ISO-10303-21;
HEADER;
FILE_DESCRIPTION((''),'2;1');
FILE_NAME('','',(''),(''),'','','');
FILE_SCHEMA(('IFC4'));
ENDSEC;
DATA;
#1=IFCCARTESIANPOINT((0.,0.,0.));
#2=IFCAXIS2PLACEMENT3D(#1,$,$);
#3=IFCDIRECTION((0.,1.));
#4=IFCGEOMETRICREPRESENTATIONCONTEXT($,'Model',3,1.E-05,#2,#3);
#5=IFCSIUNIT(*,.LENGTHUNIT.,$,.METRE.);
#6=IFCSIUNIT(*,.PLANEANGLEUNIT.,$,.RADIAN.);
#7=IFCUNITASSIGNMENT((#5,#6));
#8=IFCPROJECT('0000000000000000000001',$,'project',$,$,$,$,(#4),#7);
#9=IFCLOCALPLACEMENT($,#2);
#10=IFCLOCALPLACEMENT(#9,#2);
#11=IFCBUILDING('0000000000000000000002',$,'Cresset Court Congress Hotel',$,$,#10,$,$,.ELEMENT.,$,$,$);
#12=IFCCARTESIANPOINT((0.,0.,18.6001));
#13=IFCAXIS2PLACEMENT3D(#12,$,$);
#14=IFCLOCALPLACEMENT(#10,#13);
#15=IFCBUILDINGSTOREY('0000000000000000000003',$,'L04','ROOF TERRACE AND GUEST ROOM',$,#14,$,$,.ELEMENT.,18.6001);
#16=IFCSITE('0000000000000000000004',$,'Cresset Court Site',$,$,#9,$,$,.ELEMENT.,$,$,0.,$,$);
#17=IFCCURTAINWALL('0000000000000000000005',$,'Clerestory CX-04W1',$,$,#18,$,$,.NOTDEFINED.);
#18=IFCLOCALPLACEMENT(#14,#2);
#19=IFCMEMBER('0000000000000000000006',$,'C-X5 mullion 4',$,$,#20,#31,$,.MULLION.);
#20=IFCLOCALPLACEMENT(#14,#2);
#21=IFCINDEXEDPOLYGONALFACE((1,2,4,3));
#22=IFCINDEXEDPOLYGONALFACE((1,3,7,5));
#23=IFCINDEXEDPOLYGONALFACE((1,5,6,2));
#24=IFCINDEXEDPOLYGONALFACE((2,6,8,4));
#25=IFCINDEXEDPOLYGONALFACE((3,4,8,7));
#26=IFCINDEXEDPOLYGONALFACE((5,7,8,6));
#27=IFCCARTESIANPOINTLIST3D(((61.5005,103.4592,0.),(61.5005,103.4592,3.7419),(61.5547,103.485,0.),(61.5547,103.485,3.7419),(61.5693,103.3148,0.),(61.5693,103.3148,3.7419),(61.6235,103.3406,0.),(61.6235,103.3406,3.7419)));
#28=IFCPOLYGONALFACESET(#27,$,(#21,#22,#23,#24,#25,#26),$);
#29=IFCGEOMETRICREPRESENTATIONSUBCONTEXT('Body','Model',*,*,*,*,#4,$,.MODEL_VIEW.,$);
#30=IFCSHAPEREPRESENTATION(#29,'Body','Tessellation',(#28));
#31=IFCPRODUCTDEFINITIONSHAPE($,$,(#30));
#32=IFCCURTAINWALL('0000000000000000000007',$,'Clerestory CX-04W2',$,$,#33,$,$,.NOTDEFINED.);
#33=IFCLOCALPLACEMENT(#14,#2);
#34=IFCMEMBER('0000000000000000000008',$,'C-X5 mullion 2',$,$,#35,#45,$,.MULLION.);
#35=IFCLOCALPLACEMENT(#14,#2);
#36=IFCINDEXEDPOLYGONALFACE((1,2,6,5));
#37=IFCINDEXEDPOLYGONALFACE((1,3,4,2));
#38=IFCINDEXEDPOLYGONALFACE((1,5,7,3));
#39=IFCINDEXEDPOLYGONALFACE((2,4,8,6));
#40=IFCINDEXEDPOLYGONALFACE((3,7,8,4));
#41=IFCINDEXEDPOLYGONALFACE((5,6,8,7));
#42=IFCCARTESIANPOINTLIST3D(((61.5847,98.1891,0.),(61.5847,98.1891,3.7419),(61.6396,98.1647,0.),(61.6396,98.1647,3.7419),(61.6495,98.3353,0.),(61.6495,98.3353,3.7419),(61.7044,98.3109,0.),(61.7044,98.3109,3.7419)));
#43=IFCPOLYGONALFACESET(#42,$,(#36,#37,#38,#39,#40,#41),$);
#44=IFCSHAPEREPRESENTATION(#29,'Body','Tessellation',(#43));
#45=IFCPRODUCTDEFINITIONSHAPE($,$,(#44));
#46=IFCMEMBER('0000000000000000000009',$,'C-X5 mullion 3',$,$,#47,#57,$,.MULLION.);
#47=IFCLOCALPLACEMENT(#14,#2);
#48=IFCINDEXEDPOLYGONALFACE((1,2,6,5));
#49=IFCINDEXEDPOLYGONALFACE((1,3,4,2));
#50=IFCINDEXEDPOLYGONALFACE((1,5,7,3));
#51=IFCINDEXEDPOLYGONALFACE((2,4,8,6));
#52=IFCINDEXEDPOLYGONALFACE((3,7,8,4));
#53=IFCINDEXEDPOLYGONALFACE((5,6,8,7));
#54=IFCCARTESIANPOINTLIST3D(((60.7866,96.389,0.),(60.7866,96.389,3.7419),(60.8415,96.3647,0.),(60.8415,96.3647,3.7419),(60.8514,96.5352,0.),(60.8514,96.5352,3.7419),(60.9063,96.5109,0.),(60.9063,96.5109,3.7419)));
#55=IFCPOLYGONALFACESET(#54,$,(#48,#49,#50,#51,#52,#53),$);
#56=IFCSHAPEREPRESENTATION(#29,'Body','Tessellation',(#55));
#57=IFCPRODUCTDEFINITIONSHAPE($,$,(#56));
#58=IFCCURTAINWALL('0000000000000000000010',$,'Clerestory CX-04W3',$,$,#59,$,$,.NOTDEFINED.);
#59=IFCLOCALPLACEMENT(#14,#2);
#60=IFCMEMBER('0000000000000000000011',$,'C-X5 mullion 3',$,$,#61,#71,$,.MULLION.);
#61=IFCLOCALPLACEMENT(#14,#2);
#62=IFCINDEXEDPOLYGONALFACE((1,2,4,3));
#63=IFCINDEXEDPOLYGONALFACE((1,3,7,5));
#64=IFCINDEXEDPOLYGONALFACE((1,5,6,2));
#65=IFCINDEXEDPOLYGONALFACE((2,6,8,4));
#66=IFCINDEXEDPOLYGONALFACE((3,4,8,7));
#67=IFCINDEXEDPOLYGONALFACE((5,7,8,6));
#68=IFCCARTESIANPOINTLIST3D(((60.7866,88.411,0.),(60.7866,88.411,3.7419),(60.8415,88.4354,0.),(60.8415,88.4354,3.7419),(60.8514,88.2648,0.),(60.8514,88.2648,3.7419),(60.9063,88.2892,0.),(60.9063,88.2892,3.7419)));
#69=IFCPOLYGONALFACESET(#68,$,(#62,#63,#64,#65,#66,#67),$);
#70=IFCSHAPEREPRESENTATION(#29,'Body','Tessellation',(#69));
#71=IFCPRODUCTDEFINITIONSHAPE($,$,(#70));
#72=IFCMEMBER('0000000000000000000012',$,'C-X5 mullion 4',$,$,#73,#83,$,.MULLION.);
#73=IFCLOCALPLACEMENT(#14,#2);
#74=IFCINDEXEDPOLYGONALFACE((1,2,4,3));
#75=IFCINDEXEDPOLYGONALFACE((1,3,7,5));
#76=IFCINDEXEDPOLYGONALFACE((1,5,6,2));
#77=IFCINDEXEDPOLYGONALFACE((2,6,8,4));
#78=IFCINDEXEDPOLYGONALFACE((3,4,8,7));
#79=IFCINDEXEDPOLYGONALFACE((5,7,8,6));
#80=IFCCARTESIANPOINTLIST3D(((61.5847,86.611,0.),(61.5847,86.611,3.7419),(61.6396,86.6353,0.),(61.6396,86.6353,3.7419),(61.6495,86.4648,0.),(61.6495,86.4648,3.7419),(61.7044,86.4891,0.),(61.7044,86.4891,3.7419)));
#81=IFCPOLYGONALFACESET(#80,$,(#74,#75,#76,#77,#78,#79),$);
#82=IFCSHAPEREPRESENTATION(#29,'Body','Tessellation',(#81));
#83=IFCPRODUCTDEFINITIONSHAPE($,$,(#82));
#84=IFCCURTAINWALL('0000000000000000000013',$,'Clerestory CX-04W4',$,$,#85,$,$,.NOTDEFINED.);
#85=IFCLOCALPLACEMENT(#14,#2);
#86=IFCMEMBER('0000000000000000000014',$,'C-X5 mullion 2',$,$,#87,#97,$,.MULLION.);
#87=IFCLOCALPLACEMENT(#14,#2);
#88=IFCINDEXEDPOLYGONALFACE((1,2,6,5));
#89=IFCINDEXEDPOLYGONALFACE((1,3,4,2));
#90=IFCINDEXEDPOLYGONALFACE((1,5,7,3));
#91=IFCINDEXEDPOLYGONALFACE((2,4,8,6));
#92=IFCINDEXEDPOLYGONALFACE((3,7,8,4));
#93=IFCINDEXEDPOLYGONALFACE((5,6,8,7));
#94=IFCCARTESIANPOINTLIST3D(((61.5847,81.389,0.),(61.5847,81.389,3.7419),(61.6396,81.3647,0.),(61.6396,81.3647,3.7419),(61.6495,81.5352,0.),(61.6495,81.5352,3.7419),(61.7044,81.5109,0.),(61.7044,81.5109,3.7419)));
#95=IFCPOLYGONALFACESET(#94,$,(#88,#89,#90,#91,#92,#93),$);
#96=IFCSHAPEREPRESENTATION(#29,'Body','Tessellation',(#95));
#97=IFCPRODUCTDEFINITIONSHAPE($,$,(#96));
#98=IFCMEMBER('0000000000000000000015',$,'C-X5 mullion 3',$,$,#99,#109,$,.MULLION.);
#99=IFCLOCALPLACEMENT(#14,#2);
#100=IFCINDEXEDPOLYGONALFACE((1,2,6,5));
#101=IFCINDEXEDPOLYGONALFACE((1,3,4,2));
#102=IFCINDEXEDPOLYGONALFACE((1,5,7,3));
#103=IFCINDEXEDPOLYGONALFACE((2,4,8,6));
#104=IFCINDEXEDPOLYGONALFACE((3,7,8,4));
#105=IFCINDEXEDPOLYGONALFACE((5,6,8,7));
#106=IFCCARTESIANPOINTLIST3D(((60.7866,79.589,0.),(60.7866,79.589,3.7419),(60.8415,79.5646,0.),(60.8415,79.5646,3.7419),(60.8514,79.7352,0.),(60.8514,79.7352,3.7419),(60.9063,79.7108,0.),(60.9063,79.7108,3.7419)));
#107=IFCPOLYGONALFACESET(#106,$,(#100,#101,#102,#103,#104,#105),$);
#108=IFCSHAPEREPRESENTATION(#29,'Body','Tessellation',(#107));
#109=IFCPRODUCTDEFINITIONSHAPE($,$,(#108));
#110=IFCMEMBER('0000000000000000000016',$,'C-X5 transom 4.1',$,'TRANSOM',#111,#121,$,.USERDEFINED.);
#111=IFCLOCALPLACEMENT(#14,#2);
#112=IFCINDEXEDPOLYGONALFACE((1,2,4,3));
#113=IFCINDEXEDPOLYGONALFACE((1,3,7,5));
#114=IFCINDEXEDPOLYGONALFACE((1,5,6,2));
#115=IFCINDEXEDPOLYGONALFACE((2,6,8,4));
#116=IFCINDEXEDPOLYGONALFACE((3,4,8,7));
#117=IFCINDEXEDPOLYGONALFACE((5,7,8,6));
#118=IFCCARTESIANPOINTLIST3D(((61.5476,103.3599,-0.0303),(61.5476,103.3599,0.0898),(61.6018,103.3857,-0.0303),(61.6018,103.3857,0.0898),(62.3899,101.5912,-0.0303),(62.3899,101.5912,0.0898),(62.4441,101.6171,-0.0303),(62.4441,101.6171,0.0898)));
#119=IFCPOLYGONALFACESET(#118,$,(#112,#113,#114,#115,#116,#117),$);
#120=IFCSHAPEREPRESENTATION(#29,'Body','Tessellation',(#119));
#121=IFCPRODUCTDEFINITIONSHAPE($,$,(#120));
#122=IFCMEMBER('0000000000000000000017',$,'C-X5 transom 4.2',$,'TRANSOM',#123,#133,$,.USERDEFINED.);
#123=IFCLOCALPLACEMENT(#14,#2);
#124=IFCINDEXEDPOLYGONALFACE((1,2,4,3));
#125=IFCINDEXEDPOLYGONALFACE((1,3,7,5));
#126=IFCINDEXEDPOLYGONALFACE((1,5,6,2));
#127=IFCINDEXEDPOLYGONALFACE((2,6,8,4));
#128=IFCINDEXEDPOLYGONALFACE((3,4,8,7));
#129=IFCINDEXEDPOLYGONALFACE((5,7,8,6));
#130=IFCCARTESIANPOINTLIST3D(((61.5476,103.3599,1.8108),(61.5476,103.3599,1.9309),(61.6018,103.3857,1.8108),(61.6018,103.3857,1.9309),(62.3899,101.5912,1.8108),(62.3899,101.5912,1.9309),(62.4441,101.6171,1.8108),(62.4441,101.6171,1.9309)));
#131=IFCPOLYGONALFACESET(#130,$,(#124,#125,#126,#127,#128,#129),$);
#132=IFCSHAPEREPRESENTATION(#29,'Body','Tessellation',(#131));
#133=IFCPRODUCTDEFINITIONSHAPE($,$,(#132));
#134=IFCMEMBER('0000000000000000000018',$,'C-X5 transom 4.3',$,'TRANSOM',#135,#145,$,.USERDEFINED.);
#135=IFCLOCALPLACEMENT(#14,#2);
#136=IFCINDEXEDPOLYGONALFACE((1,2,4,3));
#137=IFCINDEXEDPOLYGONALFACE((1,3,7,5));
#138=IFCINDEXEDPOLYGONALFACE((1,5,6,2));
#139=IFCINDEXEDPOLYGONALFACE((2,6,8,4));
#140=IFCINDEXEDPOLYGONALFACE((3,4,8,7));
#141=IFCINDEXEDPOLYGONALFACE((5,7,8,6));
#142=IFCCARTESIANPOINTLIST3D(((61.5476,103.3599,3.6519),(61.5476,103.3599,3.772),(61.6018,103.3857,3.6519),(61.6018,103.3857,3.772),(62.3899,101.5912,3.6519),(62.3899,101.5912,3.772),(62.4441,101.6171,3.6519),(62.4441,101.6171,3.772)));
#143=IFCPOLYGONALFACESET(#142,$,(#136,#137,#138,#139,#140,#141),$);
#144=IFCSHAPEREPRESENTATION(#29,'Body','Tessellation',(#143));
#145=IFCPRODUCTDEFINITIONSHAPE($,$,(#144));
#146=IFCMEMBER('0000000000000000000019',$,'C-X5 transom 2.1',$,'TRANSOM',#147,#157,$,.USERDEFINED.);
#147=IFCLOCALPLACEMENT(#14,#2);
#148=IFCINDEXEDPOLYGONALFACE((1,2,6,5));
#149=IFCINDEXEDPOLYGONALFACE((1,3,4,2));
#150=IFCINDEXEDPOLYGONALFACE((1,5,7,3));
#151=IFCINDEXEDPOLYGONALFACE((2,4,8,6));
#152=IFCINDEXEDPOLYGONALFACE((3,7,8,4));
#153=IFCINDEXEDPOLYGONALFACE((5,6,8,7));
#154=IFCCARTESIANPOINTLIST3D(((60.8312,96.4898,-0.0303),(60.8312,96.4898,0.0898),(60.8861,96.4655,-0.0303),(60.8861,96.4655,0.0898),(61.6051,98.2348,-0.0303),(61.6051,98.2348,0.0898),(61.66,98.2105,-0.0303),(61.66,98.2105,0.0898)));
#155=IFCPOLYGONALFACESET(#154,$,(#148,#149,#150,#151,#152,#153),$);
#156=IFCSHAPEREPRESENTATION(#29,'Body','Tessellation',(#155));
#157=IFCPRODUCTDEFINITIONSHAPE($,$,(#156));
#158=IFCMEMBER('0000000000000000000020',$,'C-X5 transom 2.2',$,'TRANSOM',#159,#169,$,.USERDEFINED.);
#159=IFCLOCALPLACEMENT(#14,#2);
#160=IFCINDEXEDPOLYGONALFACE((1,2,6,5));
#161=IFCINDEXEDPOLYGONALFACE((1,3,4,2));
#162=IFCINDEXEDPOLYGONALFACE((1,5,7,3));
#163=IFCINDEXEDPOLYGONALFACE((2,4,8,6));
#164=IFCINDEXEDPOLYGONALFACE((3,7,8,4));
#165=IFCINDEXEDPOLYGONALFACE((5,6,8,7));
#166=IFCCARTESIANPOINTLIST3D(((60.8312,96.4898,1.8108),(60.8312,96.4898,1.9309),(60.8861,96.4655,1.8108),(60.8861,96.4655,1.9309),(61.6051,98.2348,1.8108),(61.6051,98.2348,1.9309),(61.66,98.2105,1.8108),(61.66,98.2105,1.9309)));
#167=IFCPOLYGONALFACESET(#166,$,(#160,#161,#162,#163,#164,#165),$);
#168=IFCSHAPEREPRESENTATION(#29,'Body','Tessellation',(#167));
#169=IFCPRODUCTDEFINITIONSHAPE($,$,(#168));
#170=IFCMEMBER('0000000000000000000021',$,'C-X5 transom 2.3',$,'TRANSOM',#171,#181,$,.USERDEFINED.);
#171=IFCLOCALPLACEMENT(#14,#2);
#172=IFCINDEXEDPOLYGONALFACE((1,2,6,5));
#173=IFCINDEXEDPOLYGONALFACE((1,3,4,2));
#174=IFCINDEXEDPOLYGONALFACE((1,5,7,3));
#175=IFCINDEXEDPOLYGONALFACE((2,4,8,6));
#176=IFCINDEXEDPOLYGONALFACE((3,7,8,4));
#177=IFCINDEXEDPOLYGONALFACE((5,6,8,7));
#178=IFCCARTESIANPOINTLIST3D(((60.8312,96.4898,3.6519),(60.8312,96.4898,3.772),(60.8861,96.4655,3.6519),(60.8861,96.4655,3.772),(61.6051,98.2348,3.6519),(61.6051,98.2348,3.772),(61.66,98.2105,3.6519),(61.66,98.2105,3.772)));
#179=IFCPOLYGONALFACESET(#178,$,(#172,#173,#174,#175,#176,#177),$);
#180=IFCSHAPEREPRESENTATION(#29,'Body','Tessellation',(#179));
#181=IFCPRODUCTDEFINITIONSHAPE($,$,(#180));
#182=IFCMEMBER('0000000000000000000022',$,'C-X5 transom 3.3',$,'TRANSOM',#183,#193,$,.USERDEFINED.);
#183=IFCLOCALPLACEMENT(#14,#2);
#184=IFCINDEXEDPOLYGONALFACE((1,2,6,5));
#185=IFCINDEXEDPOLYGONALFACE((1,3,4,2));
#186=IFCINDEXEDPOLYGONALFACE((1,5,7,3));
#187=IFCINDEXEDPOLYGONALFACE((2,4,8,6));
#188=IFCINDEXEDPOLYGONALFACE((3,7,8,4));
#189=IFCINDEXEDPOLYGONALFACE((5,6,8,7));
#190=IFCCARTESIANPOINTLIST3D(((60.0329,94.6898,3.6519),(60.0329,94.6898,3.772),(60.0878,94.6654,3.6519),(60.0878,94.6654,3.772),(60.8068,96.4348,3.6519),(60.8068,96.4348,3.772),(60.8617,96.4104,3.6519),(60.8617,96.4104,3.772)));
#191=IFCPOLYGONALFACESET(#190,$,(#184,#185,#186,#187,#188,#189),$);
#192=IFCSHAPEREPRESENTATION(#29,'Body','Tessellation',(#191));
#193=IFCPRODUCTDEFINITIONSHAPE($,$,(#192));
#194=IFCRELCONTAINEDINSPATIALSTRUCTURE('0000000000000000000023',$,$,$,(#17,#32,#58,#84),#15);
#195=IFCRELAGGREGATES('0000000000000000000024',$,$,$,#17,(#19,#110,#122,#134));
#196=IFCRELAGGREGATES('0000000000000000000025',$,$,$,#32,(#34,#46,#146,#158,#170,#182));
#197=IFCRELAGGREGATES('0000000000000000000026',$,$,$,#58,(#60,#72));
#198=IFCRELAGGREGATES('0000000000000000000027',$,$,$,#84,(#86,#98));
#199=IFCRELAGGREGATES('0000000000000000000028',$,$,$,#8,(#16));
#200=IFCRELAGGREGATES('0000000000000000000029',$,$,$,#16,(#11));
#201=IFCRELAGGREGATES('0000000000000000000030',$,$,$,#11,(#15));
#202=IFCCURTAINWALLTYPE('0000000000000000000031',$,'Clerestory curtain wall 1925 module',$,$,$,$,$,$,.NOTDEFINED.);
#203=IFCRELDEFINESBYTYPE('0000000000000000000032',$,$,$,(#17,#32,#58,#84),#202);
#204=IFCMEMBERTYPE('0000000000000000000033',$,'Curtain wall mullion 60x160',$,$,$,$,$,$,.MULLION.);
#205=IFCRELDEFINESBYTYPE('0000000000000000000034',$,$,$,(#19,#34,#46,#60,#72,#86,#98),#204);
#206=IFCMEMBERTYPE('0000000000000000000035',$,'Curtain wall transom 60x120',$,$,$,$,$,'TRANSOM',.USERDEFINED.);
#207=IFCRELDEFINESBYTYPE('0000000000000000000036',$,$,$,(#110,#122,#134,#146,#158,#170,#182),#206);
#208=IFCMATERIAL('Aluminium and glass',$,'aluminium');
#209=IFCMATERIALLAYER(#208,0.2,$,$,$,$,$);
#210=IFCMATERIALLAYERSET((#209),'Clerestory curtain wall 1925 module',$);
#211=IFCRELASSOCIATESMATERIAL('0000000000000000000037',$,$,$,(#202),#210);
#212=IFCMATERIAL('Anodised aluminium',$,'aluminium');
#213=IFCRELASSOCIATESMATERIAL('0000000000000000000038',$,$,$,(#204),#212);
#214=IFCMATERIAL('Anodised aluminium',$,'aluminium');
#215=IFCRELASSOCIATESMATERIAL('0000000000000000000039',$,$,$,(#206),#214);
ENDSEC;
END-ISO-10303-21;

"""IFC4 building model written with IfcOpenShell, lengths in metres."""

from ifc_helpers import new_model, si_unit, direction, frame, origin, origin_2d, place, context, subcontext, project, spatial, rectangle, extrude, material, layer, layer_set, material_profile, profile_set, type_object, element, aggregate, save


model = new_model("IFC4")

# Units and contexts
model_context = context("Model", 3, precision=1e-05, world=origin(), true_north=direction((0.0, 1.0)))
body_context = subcontext(model_context, "Body", "Model", "MODEL_VIEW")
ifc_project = project(units=[si_unit("LENGTHUNIT", "METRE"), si_unit("PLANEANGLEUNIT", "RADIAN")], contexts=[model_context])

# Site, building, storey
site_placement = place(None, origin())
site = spatial("IfcSite", under=ifc_project, at=site_placement, Name="Cresset Court Site", CompositionType="ELEMENT", RefElevation=0.0)
building_placement = place(site_placement, origin())
building = spatial("IfcBuilding", under=site, at=building_placement, Name="Cresset Court Congress Hotel", CompositionType="ELEMENT")
storey_placement = place(building_placement, frame((0.0, 0.0, 18.6001)))
storey = spatial("IfcBuildingStorey", under=building, at=storey_placement, Name="L04", Description="ROOF TERRACE AND GUEST ROOM", CompositionType="ELEMENT", Elevation=18.6001)

# Curtain wall, member
ifc_material_1 = material(Name="Aluminium and glass", Category="aluminium")
ifc_layer_1 = layer(ifc_material_1, 0.2)
ifc_layer_set_1 = layer_set([ifc_layer_1], Name="Clerestory curtain wall 1925 module")
curtain_wall_type = type_object("IfcCurtainWallType", Name="Clerestory curtain wall 1925 module", PredefinedType="NOTDEFINED", material=ifc_layer_set_1)
curtain_wall_1_placement = place(storey_placement, origin())
curtain_wall_1 = element("IfcCurtainWall", 1, at=curtain_wall_1_placement, inside=storey, type_object=curtain_wall_type, Name="Clerestory CX-04W1", PredefinedType="NOTDEFINED")
ifc_material_2 = material(Name="Anodised aluminium", Category="aluminium")
ifc_material_profile_1 = material_profile(ifc_material_2, rectangle(XDim=0.0601, YDim=0.1599, at=origin_2d()), Name="AL60x160")
ifc_profile_set_1 = profile_set([ifc_material_profile_1], Name="Anodised aluminium")
member_type_1 = type_object("IfcMemberType", Name="Curtain wall mullion 60x160", PredefinedType="MULLION", material=ifc_profile_set_1)
member_1_placement = place(storey_placement, frame((61.562, 103.3999, 0.0), z_axis=(0.0, 0.0, 1.0), x_axis=(0.902861, 0.429934, 0.0)))
member_1 = element("IfcMember", 2, at=member_1_placement, type_object=member_type_1, Name="C-X5 mullion 4", PredefinedType="MULLION", context=body_context, shape_type="SweptSolid", body=[
    extrude(rectangle(XDim=0.0601, YDim=0.1599, at=origin_2d()), origin(), (0.0, 0.0, 1.0), 3.7419),
])

# Curtain walls, members
curtain_wall_2_placement = place(storey_placement, origin())
curtain_wall_2 = element("IfcCurtainWall", 3, at=curtain_wall_2_placement, inside=storey, type_object=curtain_wall_type, Name="Clerestory CX-04W2", PredefinedType="NOTDEFINED")
member_2_placement = place(storey_placement, frame((61.6445, 98.25, 0.0), z_axis=(0.0, 0.0, 1.0), x_axis=(0.914148, -0.405381, 0.0)))
member_2 = element("IfcMember", 4, at=member_2_placement, type_object=member_type_1, Name="C-X5 mullion 2", PredefinedType="MULLION", context=body_context, shape_type="SweptSolid", body=[
    extrude(rectangle(XDim=0.0601, YDim=0.1599, at=origin_2d()), origin(), (0.0, 0.0, 1.0), 3.7419),
])
member_3_placement = place(storey_placement, frame((60.8464, 96.45, 0.0), z_axis=(0.0, 0.0, 1.0), x_axis=(0.914148, -0.405381, 0.0)))
member_3 = element("IfcMember", 5, at=member_3_placement, type_object=member_type_1, Name="C-X5 mullion 3", PredefinedType="MULLION", context=body_context, shape_type="SweptSolid", body=[
    extrude(rectangle(XDim=0.0601, YDim=0.1599, at=origin_2d()), origin(), (0.0, 0.0, 1.0), 3.7419),
])
curtain_wall_3_placement = place(storey_placement, origin())
curtain_wall_3 = element("IfcCurtainWall", 6, at=curtain_wall_3_placement, inside=storey, type_object=curtain_wall_type, Name="Clerestory CX-04W3", PredefinedType="NOTDEFINED")
member_4_placement = place(storey_placement, frame((60.8464, 88.3501, 0.0), z_axis=(0.0, 0.0, 1.0), x_axis=(0.914148, 0.405381, 0.0)))
member_4 = element("IfcMember", 7, at=member_4_placement, type_object=member_type_1, Name="C-X5 mullion 3", PredefinedType="MULLION", context=body_context, shape_type="SweptSolid", body=[
    extrude(rectangle(XDim=0.0601, YDim=0.1599, at=origin_2d()), origin(), (0.0, 0.0, 1.0), 3.7419),
])
member_5_placement = place(storey_placement, frame((61.6445, 86.55, 0.0), z_axis=(0.0, 0.0, 1.0), x_axis=(0.914148, 0.405381, 0.0)))
member_5 = element("IfcMember", 8, at=member_5_placement, type_object=member_type_1, Name="C-X5 mullion 4", PredefinedType="MULLION", context=body_context, shape_type="SweptSolid", body=[
    extrude(rectangle(XDim=0.0601, YDim=0.1599, at=origin_2d()), origin(), (0.0, 0.0, 1.0), 3.7419),
])
curtain_wall_4_placement = place(storey_placement, origin())
curtain_wall_4 = element("IfcCurtainWall", 9, at=curtain_wall_4_placement, inside=storey, type_object=curtain_wall_type, Name="Clerestory CX-04W4", PredefinedType="NOTDEFINED")
member_6_placement = place(storey_placement, frame((61.6445, 81.45, 0.0), z_axis=(0.0, 0.0, 1.0), x_axis=(0.914148, -0.405381, 0.0)))
member_6 = element("IfcMember", 10, at=member_6_placement, type_object=member_type_1, Name="C-X5 mullion 2", PredefinedType="MULLION", context=body_context, shape_type="SweptSolid", body=[
    extrude(rectangle(XDim=0.0601, YDim=0.1599, at=origin_2d()), origin(), (0.0, 0.0, 1.0), 3.7419),
])
member_7_placement = place(storey_placement, frame((60.8464, 79.6499, 0.0), z_axis=(0.0, 0.0, 1.0), x_axis=(0.914148, -0.405381, 0.0)))
member_7 = element("IfcMember", 11, at=member_7_placement, type_object=member_type_1, Name="C-X5 mullion 3", PredefinedType="MULLION", context=body_context, shape_type="SweptSolid", body=[
    extrude(rectangle(XDim=0.0601, YDim=0.1599, at=origin_2d()), origin(), (0.0, 0.0, 1.0), 3.7419),
])

# Members
ifc_material_3 = material(Name="Anodised aluminium", Category="aluminium")
ifc_material_profile_2 = material_profile(ifc_material_3, rectangle(XDim=0.0601, YDim=0.1201, at=origin_2d()), Name="AL60x120")
ifc_profile_set_2 = profile_set([ifc_material_profile_2], Name="Anodised aluminium")
member_type_2 = type_object("IfcMemberType", Name="Curtain wall transom 60x120", ElementType="TRANSOM", PredefinedType="USERDEFINED", material=ifc_profile_set_2)
member_8_placement = place(storey_placement, frame((61.5747, 103.3728, 0.0298), z_axis=(0.429982, -0.902837, 0.0), x_axis=(0.902837, 0.429982, 0.0)))
member_8 = element("IfcMember", 12, at=member_8_placement, type_object=member_type_2, Name="C-X5 transom 4.1", ObjectType="TRANSOM", PredefinedType="USERDEFINED", context=body_context, shape_type="SweptSolid", body=[
    extrude(rectangle(XDim=0.0601, YDim=0.1201, at=origin_2d()), origin(), (0.0, 0.0, 1.0), 1.959),
])
member_9_placement = place(storey_placement, frame((61.5747, 103.3728, 1.8708), z_axis=(0.429982, -0.902837, 0.0), x_axis=(0.902837, 0.429982, 0.0)))
member_9 = element("IfcMember", 13, at=member_9_placement, type_object=member_type_2, Name="C-X5 transom 4.2", ObjectType="TRANSOM", PredefinedType="USERDEFINED", context=body_context, shape_type="SweptSolid", body=[
    extrude(rectangle(XDim=0.0601, YDim=0.1201, at=origin_2d()), origin(), (0.0, 0.0, 1.0), 1.959),
])
member_10_placement = place(storey_placement, frame((61.5747, 103.3728, 3.7119), z_axis=(0.429982, -0.902837, 0.0), x_axis=(0.902837, 0.429982, 0.0)))
member_10 = element("IfcMember", 14, at=member_10_placement, type_object=member_type_2, Name="C-X5 transom 4.3", ObjectType="TRANSOM", PredefinedType="USERDEFINED", context=body_context, shape_type="SweptSolid", body=[
    extrude(rectangle(XDim=0.0601, YDim=0.1201, at=origin_2d()), origin(), (0.0, 0.0, 1.0), 1.959),
])
member_11_placement = place(storey_placement, frame((61.6326, 98.2227, 0.0298), z_axis=(-0.405403, -0.914138, 0.0), x_axis=(0.914138, -0.405403, 0.0)))
member_11 = element("IfcMember", 15, at=member_11_placement, type_object=member_type_2, Name="C-X5 transom 2.1", ObjectType="TRANSOM", PredefinedType="USERDEFINED", context=body_context, shape_type="SweptSolid", body=[
    extrude(rectangle(XDim=0.0601, YDim=0.1201, at=origin_2d()), origin(), (0.0, 0.0, 1.0), 1.9089),
])
member_12_placement = place(storey_placement, frame((61.6326, 98.2227, 1.8708), z_axis=(-0.405403, -0.914138, 0.0), x_axis=(0.914138, -0.405403, 0.0)))
member_12 = element("IfcMember", 16, at=member_12_placement, type_object=member_type_2, Name="C-X5 transom 2.2", ObjectType="TRANSOM", PredefinedType="USERDEFINED", context=body_context, shape_type="SweptSolid", body=[
    extrude(rectangle(XDim=0.0601, YDim=0.1201, at=origin_2d()), origin(), (0.0, 0.0, 1.0), 1.9089),
])
member_13_placement = place(storey_placement, frame((61.6326, 98.2227, 3.7119), z_axis=(-0.405403, -0.914138, 0.0), x_axis=(0.914138, -0.405403, 0.0)))
member_13 = element("IfcMember", 17, at=member_13_placement, type_object=member_type_2, Name="C-X5 transom 2.3", ObjectType="TRANSOM", PredefinedType="USERDEFINED", context=body_context, shape_type="SweptSolid", body=[
    extrude(rectangle(XDim=0.0601, YDim=0.1201, at=origin_2d()), origin(), (0.0, 0.0, 1.0), 1.9089),
])
member_14_placement = place(storey_placement, frame((60.8342, 96.4226, 3.7119), z_axis=(-0.405403, -0.914138, 0.0), x_axis=(0.914138, -0.405403, 0.0)))
member_14 = element("IfcMember", 18, at=member_14_placement, type_object=member_type_2, Name="C-X5 transom 3.3", ObjectType="TRANSOM", PredefinedType="USERDEFINED", context=body_context, shape_type="SweptSolid", body=[
    extrude(rectangle(XDim=0.0601, YDim=0.1201, at=origin_2d()), origin(), (0.0, 0.0, 1.0), 1.9089),
])

aggregate(curtain_wall_1, [member_1, member_8, member_9, member_10])
aggregate(curtain_wall_2, [member_2, member_3, member_11, member_12, member_13, member_14])
aggregate(curtain_wall_3, [member_4, member_5])
aggregate(curtain_wall_4, [member_6, member_7])

save(model, "model.ifc")
